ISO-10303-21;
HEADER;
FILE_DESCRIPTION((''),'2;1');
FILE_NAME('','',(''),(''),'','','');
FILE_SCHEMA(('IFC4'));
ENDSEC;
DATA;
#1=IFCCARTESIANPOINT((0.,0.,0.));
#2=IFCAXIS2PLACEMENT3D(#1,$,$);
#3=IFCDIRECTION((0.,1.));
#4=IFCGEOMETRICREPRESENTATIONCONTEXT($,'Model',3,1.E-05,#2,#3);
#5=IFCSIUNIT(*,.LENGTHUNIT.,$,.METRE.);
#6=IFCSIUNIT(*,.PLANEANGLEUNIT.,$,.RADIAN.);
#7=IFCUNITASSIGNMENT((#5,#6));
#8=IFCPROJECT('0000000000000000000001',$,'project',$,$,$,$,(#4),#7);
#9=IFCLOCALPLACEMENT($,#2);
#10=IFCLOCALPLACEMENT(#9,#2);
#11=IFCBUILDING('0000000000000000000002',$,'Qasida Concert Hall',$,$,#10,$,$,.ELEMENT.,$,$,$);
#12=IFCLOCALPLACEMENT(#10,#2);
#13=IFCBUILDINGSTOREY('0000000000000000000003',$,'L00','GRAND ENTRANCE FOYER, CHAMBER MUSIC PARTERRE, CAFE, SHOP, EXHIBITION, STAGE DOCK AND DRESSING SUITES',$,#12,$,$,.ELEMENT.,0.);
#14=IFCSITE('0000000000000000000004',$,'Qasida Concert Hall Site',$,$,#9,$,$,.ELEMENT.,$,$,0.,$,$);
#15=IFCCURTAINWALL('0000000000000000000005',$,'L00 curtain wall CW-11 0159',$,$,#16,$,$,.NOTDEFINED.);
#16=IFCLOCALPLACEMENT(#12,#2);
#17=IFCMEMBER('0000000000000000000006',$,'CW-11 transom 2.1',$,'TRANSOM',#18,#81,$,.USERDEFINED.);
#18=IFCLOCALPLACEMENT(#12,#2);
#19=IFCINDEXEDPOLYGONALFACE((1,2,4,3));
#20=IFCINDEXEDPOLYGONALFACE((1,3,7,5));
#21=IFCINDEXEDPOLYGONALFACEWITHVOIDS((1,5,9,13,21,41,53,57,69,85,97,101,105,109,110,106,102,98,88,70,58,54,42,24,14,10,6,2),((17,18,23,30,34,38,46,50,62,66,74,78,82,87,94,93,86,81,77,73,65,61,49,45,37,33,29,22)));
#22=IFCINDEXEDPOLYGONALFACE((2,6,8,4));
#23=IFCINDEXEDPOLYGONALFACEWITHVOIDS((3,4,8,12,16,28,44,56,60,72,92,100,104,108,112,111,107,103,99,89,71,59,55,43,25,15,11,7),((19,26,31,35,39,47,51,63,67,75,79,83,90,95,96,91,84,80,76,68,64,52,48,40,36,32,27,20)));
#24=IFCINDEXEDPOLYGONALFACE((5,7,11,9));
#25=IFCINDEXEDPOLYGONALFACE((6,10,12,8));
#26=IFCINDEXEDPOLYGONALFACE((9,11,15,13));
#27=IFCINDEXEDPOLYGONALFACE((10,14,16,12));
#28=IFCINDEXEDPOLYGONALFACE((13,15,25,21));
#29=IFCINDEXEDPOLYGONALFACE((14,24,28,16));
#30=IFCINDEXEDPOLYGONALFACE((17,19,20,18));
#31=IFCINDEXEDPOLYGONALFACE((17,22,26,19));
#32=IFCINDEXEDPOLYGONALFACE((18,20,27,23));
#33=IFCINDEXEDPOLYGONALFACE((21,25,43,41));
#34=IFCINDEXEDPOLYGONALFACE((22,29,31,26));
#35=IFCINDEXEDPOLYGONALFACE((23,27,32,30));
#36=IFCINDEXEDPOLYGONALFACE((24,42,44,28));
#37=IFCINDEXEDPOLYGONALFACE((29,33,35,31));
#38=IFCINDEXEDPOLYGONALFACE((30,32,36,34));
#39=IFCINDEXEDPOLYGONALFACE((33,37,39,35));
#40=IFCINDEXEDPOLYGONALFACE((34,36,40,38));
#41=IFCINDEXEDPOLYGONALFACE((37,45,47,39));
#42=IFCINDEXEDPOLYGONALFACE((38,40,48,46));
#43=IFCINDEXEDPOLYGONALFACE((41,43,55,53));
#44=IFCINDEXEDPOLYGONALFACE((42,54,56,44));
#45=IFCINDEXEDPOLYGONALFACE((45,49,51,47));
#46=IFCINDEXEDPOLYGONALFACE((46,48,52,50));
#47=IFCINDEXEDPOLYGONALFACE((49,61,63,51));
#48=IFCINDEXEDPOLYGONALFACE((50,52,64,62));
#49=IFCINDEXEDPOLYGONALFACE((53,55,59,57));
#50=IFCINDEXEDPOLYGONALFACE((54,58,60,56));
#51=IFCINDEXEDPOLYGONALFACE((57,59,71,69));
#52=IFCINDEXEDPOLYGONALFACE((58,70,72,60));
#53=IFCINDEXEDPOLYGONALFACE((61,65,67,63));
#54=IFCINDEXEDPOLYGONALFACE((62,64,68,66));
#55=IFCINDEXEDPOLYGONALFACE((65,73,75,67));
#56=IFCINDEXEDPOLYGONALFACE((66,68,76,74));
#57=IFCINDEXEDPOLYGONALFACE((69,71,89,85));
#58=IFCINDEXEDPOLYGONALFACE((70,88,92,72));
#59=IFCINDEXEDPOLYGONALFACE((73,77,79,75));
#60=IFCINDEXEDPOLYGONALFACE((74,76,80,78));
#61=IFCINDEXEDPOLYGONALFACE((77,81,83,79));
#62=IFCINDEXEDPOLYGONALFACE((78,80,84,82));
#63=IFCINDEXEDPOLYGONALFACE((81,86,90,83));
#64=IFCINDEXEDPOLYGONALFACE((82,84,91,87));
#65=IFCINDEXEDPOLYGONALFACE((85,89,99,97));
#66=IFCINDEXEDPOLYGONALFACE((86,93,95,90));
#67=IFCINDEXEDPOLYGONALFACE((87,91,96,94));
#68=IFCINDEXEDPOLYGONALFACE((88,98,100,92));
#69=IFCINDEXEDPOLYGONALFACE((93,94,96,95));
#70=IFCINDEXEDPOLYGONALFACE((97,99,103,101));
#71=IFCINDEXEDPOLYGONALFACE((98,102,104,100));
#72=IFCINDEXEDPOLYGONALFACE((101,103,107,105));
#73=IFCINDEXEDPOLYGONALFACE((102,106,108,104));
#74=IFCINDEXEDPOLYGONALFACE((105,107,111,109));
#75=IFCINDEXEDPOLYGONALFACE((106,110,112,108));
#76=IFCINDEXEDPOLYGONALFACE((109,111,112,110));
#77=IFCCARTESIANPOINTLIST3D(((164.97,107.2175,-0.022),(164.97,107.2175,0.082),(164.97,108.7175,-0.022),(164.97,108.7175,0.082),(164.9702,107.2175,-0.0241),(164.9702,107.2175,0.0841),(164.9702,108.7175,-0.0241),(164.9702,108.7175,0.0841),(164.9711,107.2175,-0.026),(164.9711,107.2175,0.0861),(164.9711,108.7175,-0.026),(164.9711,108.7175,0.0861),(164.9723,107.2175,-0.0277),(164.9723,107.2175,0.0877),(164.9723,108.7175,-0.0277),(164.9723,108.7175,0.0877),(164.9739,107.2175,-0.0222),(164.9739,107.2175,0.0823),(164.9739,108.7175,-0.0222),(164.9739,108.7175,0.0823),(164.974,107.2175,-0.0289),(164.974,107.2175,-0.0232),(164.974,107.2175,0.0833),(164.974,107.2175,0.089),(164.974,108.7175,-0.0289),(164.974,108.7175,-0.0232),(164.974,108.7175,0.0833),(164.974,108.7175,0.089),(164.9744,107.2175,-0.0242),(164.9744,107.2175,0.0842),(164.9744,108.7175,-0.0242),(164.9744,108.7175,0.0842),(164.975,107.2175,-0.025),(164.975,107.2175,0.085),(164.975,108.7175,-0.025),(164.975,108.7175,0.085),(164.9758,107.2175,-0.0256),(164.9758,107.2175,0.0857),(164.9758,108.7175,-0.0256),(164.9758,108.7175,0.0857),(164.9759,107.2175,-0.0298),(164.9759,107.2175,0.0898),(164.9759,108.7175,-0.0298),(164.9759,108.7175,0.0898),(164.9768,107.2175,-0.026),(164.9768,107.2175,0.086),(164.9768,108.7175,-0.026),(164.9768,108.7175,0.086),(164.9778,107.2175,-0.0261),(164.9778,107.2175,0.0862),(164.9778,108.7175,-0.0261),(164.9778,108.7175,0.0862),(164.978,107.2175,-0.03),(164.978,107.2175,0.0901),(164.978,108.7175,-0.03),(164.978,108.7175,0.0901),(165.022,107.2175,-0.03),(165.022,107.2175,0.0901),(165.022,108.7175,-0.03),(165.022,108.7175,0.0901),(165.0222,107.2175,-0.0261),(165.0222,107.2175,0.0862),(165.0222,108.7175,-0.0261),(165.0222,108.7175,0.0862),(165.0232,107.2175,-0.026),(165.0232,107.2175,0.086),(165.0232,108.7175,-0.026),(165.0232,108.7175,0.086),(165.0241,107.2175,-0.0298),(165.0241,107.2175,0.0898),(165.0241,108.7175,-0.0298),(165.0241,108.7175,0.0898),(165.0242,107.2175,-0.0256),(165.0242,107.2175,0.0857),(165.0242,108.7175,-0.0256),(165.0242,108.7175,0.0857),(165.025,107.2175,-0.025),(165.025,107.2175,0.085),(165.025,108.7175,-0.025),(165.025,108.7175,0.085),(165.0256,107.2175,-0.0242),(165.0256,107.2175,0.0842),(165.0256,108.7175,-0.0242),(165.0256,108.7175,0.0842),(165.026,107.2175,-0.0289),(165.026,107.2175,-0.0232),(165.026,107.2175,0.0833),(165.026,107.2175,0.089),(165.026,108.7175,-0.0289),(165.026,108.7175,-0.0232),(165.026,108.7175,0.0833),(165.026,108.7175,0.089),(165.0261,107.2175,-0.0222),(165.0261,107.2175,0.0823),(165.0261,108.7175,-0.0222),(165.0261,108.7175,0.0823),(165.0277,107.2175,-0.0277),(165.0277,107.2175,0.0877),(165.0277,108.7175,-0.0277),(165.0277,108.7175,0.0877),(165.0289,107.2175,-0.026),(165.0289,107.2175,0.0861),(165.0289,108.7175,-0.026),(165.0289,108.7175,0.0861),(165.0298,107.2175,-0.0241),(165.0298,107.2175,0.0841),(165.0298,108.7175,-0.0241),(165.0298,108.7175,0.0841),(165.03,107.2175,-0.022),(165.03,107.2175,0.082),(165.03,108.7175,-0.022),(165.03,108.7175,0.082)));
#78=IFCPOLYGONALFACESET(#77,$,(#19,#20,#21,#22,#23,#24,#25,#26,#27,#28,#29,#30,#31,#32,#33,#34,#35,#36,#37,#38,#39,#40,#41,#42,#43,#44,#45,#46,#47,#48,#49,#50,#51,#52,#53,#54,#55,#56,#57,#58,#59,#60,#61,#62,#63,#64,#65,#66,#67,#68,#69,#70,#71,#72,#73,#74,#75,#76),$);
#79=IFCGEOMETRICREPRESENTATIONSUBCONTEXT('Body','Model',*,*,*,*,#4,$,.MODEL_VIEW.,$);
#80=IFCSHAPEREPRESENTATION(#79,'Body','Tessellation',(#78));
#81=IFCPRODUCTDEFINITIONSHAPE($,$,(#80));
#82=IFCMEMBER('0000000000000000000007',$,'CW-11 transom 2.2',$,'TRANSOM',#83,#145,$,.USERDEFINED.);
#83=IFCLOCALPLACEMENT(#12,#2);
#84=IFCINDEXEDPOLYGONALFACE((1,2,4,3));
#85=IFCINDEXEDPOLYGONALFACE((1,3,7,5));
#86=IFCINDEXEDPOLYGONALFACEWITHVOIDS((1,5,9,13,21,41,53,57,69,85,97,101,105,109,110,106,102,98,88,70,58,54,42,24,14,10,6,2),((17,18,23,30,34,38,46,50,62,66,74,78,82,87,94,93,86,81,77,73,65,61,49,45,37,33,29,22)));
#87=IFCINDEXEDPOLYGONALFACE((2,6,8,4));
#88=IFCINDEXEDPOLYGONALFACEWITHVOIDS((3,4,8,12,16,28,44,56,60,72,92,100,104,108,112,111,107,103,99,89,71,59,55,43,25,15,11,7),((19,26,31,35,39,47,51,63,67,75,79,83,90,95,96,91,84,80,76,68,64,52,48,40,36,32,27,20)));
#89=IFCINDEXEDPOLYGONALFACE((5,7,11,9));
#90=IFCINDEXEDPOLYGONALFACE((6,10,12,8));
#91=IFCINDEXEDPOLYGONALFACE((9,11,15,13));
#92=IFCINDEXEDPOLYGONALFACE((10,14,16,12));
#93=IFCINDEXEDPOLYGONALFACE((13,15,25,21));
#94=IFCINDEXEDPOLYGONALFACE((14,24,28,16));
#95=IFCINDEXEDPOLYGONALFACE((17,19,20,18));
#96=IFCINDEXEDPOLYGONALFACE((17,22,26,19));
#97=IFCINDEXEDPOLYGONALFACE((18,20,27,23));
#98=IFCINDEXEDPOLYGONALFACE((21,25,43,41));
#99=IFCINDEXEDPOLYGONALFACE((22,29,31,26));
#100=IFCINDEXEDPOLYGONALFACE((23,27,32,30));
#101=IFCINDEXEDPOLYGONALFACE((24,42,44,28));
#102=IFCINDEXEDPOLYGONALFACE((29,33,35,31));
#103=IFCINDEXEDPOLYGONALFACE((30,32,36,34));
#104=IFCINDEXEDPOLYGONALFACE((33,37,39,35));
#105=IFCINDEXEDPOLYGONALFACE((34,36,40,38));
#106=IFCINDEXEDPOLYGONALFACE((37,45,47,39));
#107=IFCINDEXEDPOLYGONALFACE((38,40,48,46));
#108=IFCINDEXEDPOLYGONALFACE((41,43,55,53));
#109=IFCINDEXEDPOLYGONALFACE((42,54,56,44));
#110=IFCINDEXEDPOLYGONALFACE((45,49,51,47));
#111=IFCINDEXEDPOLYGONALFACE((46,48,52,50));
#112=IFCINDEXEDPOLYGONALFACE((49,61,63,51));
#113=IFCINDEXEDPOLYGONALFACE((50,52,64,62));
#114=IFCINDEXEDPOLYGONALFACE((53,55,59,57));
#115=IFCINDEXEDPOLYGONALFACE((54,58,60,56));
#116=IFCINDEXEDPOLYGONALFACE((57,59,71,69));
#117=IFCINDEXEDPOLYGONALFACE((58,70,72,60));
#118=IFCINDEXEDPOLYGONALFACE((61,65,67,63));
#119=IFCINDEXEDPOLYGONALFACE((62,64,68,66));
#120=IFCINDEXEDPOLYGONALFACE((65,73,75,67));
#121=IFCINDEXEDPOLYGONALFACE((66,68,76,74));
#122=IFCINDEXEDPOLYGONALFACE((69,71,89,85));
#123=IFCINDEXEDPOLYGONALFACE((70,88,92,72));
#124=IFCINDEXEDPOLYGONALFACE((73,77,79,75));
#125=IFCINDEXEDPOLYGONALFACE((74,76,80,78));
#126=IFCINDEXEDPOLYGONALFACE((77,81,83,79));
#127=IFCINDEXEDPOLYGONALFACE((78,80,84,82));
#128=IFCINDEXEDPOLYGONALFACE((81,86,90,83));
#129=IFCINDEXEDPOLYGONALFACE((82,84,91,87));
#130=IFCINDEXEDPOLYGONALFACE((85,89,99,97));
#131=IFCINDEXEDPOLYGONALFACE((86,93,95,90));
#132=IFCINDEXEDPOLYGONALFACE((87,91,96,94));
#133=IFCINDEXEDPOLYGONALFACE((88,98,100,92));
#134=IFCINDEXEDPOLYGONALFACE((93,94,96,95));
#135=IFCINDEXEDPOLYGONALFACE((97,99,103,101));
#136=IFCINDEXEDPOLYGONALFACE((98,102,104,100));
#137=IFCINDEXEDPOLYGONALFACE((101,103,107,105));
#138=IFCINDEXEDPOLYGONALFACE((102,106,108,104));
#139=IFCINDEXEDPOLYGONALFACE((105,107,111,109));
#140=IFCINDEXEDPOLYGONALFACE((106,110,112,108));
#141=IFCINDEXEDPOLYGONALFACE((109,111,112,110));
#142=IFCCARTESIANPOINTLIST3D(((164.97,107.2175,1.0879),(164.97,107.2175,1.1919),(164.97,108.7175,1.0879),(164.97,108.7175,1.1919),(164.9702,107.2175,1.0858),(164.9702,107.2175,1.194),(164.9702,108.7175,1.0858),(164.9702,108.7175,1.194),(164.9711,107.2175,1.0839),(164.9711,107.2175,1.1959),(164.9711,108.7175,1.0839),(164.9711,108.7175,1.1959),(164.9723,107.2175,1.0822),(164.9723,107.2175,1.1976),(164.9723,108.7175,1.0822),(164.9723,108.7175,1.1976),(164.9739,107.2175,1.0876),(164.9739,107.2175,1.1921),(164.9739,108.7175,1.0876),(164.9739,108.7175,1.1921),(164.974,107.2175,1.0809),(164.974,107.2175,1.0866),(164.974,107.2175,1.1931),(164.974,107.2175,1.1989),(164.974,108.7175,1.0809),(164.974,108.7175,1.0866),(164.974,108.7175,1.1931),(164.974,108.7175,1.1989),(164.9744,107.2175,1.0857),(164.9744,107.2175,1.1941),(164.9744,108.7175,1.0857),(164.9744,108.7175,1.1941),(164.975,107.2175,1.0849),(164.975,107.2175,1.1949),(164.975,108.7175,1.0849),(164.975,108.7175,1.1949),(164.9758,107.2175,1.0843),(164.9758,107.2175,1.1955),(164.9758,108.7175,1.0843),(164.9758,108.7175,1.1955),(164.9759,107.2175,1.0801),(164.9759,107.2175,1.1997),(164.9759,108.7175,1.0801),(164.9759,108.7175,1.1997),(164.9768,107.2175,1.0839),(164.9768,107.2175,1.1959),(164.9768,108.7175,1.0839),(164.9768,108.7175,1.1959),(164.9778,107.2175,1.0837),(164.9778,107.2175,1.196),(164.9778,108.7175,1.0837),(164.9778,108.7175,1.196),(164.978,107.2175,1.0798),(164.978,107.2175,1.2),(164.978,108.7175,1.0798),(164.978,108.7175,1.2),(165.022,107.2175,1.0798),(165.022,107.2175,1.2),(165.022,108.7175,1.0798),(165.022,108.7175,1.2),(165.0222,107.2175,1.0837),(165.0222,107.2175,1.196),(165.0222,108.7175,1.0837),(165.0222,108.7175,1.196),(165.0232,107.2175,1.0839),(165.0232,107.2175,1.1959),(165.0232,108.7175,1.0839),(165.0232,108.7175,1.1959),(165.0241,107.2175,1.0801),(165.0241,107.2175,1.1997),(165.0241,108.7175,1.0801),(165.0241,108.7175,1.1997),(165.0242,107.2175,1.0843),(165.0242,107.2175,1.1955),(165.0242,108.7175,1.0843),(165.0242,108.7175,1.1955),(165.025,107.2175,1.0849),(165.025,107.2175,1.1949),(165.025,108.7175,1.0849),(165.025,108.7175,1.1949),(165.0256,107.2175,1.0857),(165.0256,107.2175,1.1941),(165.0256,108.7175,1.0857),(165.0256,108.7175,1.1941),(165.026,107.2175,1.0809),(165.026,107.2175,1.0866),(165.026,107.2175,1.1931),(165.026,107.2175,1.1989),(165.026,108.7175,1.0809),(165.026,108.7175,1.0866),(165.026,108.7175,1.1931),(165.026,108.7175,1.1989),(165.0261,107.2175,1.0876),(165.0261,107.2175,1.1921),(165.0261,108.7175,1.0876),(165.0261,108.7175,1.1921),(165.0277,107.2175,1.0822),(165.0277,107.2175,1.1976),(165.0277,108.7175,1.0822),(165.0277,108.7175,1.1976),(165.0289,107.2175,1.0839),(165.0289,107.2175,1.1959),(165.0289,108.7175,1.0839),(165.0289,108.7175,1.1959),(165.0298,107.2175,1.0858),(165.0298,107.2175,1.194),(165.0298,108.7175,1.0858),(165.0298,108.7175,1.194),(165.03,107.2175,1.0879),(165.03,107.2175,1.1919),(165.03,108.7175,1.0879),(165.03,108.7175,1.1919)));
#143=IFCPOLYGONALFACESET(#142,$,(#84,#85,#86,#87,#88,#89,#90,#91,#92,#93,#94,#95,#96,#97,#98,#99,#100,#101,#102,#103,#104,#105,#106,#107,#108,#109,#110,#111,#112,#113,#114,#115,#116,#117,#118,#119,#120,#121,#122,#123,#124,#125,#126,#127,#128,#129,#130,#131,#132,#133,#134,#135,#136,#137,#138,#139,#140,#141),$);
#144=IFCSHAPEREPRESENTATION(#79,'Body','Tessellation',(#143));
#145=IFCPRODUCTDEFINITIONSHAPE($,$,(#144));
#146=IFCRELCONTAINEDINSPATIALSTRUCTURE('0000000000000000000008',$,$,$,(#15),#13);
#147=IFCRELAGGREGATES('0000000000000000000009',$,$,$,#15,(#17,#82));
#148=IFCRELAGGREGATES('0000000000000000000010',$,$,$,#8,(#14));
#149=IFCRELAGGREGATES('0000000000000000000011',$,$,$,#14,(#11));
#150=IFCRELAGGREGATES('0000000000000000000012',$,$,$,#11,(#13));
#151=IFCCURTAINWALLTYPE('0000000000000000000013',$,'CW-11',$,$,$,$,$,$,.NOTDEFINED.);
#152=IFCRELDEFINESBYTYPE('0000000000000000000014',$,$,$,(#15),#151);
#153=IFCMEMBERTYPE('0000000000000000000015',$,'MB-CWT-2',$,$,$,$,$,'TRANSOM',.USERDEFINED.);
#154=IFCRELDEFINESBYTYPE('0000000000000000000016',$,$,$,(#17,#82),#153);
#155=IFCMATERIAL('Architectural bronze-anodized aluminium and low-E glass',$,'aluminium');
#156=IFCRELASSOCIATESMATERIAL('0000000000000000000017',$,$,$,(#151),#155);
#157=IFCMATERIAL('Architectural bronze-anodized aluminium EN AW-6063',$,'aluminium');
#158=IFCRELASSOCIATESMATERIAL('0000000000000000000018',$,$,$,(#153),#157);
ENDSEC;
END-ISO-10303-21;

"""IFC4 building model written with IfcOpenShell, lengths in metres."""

from ifc_helpers import new_model, si_unit, direction, frame, origin, origin_2d, place, context, subcontext, project, spatial, hollow_rectangle, extrude, material, material_profile, profile_set, type_object, element, aggregate, save


model = new_model("IFC4")

# Units and contexts
model_context = context("Model", 3, precision=1e-05, world=origin(), true_north=direction((0.0, 1.0)))
body_context = subcontext(model_context, "Body", "Model", "MODEL_VIEW")
ifc_project = project(units=[si_unit("LENGTHUNIT", "METRE"), si_unit("PLANEANGLEUNIT", "RADIAN")], contexts=[model_context])

# Site, building, storey
site_placement = place(None, origin())
site = spatial("IfcSite", under=ifc_project, at=site_placement, Name="Qasida Concert Hall Site", CompositionType="ELEMENT", RefElevation=0.0)
building_placement = place(site_placement, origin())
building = spatial("IfcBuilding", under=site, at=building_placement, Name="Qasida Concert Hall", CompositionType="ELEMENT")
storey_placement = place(building_placement, origin())
storey = spatial("IfcBuildingStorey", under=building, at=storey_placement, Name="L00", Description="GRAND ENTRANCE FOYER, CHAMBER MUSIC PARTERRE, CAFE, SHOP, EXHIBITION, STAGE DOCK AND DRESSING SUITES", CompositionType="ELEMENT", Elevation=0.0)

# Curtain wall, members
ifc_material_1 = material(Name="Architectural bronze-anodized aluminium and low-E glass", Category="aluminium")
curtain_wall_type = type_object("IfcCurtainWallType", Name="CW-11", PredefinedType="NOTDEFINED", material=ifc_material_1)
curtain_wall_placement = place(storey_placement, origin())
curtain_wall = element("IfcCurtainWall", 1, at=curtain_wall_placement, inside=storey, type_object=curtain_wall_type, Name="L00 curtain wall CW-11 0159", PredefinedType="NOTDEFINED")
ifc_material_2 = material(Name="Architectural bronze-anodized aluminium EN AW-6063", Category="aluminium")
ifc_material_profile_1 = material_profile(ifc_material_2, hollow_rectangle(XDim=0.0601, YDim=0.1201, WallThickness=0.0039, InnerFilletRadius=0.0039, OuterFilletRadius=0.0081, at=origin_2d()), Name="CWT 120x60x4")
ifc_profile_set_1 = profile_set([ifc_material_profile_1], Name="Architectural bronze-anodized aluminium EN AW-6063")
member_type_1 = type_object("IfcMemberType", Name="MB-CWT-2", ElementType="TRANSOM", PredefinedType="USERDEFINED", material=ifc_profile_set_1)
member_1_placement = place(storey_placement, frame((165.0, 107.2175, 0.03), z_axis=(0.0, 1.0, 0.0), x_axis=(-1.0, 0.0, 0.0)))
member_1 = element("IfcMember", 2, at=member_1_placement, type_object=member_type_1, Name="CW-11 transom 2.1", ObjectType="TRANSOM", PredefinedType="USERDEFINED", context=body_context, shape_type="SweptSolid", body=[
    extrude(hollow_rectangle(XDim=0.0601, YDim=0.1201, WallThickness=0.0039, InnerFilletRadius=0.0039, OuterFilletRadius=0.0081, at=origin_2d()), origin(), (0.0, 0.0, 1.0), 1.5),
])
member_2_placement = place(storey_placement, frame((165.0, 107.2175, 1.1399), z_axis=(0.0, 1.0, 0.0), x_axis=(-1.0, 0.0, 0.0)))
member_2 = element("IfcMember", 3, at=member_2_placement, type_object=member_type_1, Name="CW-11 transom 2.2", ObjectType="TRANSOM", PredefinedType="USERDEFINED", context=body_context, shape_type="SweptSolid", body=[
    extrude(hollow_rectangle(XDim=0.0601, YDim=0.1201, WallThickness=0.0039, InnerFilletRadius=0.0039, OuterFilletRadius=0.0081, at=origin_2d()), origin(), (0.0, 0.0, 1.0), 1.5),
])
aggregate(curtain_wall, [member_1, member_2])

save(model, "model.ifc")
